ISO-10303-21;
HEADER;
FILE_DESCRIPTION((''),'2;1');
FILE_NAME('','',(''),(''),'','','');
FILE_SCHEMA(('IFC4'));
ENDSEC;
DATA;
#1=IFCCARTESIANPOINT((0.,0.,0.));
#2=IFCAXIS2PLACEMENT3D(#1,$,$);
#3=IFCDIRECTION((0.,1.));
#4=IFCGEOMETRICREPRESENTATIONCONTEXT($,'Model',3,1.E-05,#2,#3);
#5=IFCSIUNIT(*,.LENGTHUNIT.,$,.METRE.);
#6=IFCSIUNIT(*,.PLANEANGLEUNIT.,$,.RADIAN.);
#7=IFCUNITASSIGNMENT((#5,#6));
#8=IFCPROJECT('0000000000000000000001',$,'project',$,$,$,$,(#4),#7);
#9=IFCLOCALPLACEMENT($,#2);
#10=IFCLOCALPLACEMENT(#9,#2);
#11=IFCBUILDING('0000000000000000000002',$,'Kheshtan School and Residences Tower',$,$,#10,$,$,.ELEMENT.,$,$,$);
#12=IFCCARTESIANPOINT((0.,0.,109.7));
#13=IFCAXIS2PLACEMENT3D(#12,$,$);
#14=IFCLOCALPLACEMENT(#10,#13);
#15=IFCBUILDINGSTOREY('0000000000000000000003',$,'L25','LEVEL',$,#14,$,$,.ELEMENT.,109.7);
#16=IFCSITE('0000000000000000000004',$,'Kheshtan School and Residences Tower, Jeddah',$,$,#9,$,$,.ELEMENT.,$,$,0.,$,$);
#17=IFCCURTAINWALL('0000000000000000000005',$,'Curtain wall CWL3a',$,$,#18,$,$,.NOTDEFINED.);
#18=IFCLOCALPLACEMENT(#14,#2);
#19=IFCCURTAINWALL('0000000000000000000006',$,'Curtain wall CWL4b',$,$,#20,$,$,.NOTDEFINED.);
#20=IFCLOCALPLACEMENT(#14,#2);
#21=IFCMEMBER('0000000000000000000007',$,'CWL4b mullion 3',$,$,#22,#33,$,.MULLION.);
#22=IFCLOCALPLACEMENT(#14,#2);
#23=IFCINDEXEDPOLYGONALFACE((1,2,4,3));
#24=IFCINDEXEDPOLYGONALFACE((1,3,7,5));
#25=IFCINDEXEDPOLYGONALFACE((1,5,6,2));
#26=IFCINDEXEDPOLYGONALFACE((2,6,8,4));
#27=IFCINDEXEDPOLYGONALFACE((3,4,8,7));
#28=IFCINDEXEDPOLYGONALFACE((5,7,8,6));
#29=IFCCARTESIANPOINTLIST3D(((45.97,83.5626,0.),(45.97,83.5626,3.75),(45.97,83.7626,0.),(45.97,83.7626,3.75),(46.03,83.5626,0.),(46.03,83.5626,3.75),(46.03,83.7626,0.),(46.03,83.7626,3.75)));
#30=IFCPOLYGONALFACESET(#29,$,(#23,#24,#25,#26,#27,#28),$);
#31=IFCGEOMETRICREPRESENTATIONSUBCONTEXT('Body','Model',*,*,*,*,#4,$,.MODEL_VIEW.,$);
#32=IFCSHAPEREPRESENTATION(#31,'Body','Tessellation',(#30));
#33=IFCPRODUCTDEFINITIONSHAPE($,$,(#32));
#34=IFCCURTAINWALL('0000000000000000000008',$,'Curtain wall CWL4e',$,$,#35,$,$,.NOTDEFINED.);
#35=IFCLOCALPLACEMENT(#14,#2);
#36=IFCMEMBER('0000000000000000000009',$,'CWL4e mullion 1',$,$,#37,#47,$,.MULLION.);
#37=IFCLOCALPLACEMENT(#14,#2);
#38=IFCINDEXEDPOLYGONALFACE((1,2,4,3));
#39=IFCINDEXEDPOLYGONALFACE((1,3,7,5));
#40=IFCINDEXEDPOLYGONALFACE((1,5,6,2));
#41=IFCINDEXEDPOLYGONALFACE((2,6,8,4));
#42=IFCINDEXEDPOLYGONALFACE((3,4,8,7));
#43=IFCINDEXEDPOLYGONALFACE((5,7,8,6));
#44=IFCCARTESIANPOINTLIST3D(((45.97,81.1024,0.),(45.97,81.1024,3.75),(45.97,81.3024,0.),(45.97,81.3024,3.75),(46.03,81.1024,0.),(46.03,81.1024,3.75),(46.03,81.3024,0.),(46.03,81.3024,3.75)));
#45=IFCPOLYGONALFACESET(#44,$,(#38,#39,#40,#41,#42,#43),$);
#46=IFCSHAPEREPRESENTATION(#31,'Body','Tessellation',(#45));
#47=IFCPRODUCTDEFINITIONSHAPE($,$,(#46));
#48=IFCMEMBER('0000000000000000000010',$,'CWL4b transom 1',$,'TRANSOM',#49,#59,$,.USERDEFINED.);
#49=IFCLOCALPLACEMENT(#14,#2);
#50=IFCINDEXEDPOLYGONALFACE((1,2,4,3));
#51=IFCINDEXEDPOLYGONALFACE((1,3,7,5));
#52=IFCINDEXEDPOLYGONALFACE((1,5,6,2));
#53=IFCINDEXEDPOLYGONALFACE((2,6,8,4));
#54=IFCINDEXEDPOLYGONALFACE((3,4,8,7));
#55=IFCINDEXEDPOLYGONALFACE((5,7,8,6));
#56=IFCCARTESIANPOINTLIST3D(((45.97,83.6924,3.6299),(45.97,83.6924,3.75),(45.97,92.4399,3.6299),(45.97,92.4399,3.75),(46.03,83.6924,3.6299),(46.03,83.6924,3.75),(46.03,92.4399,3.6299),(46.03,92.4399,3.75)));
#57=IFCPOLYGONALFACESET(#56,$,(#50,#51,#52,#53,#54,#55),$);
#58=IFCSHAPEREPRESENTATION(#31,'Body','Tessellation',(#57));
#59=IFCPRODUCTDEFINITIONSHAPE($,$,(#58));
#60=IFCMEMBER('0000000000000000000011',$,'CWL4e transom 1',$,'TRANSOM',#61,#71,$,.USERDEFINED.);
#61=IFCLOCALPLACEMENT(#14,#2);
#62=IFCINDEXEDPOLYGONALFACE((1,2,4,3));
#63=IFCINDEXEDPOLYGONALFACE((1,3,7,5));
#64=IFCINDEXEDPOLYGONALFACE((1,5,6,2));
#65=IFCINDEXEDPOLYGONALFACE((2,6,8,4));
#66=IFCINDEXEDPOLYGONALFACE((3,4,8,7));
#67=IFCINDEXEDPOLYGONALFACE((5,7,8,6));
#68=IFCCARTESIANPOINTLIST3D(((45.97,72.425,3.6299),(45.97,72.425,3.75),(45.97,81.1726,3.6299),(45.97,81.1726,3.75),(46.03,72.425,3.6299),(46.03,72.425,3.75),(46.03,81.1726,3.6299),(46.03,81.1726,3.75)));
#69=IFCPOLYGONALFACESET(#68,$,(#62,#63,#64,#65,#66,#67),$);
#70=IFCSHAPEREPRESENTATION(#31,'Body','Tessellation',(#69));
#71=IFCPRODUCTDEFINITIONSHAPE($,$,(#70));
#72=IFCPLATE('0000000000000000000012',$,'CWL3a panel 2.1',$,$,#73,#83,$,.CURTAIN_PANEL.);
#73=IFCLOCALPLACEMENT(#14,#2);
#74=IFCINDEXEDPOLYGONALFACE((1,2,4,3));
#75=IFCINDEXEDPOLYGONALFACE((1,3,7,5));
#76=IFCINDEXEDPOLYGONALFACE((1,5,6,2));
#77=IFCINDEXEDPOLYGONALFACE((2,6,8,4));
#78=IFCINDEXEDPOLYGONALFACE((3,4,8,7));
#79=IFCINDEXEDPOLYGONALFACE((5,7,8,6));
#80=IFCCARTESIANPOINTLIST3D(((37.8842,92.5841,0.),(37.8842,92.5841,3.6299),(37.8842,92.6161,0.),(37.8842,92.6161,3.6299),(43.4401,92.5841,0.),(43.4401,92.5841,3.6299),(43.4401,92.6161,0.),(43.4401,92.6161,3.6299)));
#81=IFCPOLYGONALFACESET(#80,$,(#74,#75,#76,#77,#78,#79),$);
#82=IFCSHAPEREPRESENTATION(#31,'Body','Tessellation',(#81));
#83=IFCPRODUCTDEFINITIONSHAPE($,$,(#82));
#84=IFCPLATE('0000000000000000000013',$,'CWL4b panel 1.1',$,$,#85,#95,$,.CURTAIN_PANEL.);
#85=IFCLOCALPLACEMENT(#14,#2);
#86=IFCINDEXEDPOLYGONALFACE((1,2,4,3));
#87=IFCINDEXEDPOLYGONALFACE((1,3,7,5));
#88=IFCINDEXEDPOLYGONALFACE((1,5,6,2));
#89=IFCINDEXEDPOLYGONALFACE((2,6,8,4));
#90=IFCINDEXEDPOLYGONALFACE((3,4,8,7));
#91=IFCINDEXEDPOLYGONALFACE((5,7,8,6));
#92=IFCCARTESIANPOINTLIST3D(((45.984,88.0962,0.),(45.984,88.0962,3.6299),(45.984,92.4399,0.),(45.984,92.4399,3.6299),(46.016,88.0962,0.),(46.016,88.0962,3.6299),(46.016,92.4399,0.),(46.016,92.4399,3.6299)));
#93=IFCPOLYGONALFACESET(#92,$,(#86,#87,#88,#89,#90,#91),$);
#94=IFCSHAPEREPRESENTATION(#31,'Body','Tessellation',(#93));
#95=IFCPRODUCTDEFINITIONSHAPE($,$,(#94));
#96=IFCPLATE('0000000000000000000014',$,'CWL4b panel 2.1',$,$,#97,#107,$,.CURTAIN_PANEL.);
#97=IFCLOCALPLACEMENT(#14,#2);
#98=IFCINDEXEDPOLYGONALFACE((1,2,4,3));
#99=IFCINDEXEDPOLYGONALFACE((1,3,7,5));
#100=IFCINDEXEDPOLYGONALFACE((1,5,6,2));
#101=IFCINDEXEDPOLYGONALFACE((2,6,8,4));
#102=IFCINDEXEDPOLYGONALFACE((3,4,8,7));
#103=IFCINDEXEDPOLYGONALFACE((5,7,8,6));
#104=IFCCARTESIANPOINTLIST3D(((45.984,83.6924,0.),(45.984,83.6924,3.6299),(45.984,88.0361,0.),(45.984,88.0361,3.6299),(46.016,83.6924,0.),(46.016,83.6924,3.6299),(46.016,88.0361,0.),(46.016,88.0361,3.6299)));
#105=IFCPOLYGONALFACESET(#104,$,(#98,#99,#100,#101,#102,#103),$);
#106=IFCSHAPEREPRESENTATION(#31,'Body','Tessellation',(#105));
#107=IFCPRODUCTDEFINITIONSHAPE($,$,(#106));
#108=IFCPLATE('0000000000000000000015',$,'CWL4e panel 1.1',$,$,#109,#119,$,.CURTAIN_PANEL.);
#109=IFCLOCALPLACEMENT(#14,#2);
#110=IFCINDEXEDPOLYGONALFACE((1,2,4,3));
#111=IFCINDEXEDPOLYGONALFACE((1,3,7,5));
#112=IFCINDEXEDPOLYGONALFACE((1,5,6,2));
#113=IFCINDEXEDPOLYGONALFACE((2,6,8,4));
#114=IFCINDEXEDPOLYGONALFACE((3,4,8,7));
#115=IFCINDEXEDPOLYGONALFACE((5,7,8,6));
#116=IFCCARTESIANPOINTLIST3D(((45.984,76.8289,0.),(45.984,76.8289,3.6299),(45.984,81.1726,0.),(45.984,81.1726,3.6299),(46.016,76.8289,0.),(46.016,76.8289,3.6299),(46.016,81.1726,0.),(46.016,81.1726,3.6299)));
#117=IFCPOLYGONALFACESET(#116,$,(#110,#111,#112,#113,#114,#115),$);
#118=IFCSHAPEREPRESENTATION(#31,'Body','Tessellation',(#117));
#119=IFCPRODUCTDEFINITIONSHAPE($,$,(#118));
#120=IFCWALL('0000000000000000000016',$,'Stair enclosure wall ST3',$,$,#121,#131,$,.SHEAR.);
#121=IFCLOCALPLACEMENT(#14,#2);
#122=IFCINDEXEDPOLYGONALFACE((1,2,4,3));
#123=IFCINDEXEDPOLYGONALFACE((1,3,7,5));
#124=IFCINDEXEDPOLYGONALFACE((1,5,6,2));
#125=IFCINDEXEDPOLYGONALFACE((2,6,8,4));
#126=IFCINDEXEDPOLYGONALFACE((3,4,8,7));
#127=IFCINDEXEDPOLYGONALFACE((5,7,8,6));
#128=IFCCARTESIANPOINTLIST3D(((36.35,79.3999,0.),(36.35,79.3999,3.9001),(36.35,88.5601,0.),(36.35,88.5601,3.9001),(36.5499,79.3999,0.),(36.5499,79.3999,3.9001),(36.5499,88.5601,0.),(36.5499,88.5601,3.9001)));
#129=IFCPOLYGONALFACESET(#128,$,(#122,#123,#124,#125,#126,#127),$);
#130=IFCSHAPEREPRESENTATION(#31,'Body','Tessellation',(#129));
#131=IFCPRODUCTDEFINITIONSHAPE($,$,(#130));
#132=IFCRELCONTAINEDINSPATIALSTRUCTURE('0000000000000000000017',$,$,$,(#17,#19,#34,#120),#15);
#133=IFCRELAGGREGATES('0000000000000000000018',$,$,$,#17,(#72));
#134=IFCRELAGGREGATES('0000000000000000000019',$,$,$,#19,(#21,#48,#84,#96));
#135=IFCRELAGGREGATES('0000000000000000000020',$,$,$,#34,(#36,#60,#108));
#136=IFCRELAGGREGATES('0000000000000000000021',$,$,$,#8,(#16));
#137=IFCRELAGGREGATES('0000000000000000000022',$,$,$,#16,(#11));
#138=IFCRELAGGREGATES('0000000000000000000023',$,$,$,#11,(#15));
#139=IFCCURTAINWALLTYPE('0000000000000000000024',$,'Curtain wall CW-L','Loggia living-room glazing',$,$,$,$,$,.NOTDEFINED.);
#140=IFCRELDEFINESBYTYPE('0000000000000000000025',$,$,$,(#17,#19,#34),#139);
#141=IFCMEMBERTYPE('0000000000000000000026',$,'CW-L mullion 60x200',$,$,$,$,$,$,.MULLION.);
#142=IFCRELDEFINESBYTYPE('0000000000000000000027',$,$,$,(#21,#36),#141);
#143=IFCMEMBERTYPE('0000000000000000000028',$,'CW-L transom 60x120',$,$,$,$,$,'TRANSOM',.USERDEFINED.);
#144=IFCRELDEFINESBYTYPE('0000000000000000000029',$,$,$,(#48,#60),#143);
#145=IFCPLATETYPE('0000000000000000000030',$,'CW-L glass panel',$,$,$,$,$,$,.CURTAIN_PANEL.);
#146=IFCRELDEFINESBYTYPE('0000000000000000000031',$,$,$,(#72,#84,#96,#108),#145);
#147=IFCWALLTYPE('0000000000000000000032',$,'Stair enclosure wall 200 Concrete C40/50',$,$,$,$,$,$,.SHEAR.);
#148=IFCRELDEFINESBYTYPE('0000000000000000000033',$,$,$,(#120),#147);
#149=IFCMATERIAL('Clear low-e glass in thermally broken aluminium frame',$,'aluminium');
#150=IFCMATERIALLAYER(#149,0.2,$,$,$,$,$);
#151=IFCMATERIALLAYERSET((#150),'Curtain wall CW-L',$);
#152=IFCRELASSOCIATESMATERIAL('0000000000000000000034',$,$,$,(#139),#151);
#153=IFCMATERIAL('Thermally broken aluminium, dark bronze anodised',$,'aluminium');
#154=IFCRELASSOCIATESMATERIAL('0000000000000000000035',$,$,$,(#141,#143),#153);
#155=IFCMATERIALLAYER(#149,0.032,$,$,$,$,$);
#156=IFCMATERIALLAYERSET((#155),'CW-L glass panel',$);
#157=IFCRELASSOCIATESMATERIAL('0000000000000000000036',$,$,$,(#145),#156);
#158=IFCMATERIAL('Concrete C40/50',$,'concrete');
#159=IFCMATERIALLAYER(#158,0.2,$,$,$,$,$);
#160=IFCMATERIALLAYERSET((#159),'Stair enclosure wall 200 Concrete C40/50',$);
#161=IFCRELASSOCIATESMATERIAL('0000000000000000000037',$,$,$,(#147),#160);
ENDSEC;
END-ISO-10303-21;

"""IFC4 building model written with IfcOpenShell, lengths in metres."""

from ifc_helpers import new_model, si_unit, direction, frame, frame_2d, origin, origin_2d, place, context, subcontext, project, spatial, rectangle, extrude, material, layer, layer_set, material_profile, profile_set, type_object, element, aggregate, save


model = new_model("IFC4")

# Units and contexts
model_context = context("Model", 3, precision=1e-05, world=origin(), true_north=direction((0.0, 1.0)))
body_context = subcontext(model_context, "Body", "Model", "MODEL_VIEW")
ifc_project = project(units=[si_unit("LENGTHUNIT", "METRE"), si_unit("PLANEANGLEUNIT", "RADIAN")], contexts=[model_context])

# Site, building, storey
site_placement = place(None, origin())
site = spatial("IfcSite", under=ifc_project, at=site_placement, Name="Kheshtan School and Residences Tower, Jeddah", CompositionType="ELEMENT", RefElevation=0.0)
building_placement = place(site_placement, origin())
building = spatial("IfcBuilding", under=site, at=building_placement, Name="Kheshtan School and Residences Tower", CompositionType="ELEMENT")
storey_placement = place(building_placement, frame((0.0, 0.0, 109.7)))
storey = spatial("IfcBuildingStorey", under=building, at=storey_placement, Name="L25", Description="LEVEL", CompositionType="ELEMENT", Elevation=109.7)

# Curtain walls, member
ifc_material_1 = material(Name="Clear low-e glass in thermally broken aluminium frame", Category="aluminium")
ifc_layer_1 = layer(ifc_material_1, 0.2)
ifc_layer_set_1 = layer_set([ifc_layer_1], Name="Curtain wall CW-L")
curtain_wall_type = type_object("IfcCurtainWallType", Name="Curtain wall CW-L", Description="Loggia living-room glazing", PredefinedType="NOTDEFINED", material=ifc_layer_set_1)
curtain_wall_1_placement = place(storey_placement, origin())
curtain_wall_1 = element("IfcCurtainWall", 1, at=curtain_wall_1_placement, inside=storey, type_object=curtain_wall_type, Name="Curtain wall CWL3a", PredefinedType="NOTDEFINED")
ifc_material_2 = material(Name="Thermally broken aluminium, dark bronze anodised", Category="aluminium")
ifc_material_profile_1 = material_profile(ifc_material_2, rectangle(XDim=0.0601, YDim=0.2, at=origin_2d()), Name="CW-L mullion 60x200")
ifc_profile_set_1 = profile_set([ifc_material_profile_1], Name="Thermally broken aluminium, dark bronze anodised")
member_type_1 = type_object("IfcMemberType", Name="CW-L mullion 60x200", PredefinedType="MULLION", material=ifc_profile_set_1)
curtain_wall_2_placement = place(storey_placement, origin())
curtain_wall_2 = element("IfcCurtainWall", 2, at=curtain_wall_2_placement, inside=storey, type_object=curtain_wall_type, Name="Curtain wall CWL4b", PredefinedType="NOTDEFINED")
member_1_placement = place(storey_placement, frame((46.0, 83.6626, 0.0), z_axis=(0.0, 0.0, 1.0), x_axis=(1.0, 0.0, 0.0)))
member_1 = element("IfcMember", 3, at=member_1_placement, type_object=member_type_1, Name="CWL4b mullion 3", PredefinedType="MULLION", context=body_context, shape_type="SweptSolid", body=[
    extrude(rectangle(XDim=0.0601, YDim=0.2, at=origin_2d()), origin(), (0.0, 0.0, 1.0), 3.75),
])

# Curtain wall, member
curtain_wall_3_placement = place(storey_placement, origin())
curtain_wall_3 = element("IfcCurtainWall", 4, at=curtain_wall_3_placement, inside=storey, type_object=curtain_wall_type, Name="Curtain wall CWL4e", PredefinedType="NOTDEFINED")
member_2_placement = place(storey_placement, frame((46.0, 81.2024, 0.0), z_axis=(0.0, 0.0, 1.0), x_axis=(1.0, 0.0, 0.0)))
member_2 = element("IfcMember", 5, at=member_2_placement, type_object=member_type_1, Name="CWL4e mullion 1", PredefinedType="MULLION", context=body_context, shape_type="SweptSolid", body=[
    extrude(rectangle(XDim=0.0601, YDim=0.2, at=origin_2d()), origin(), (0.0, 0.0, 1.0), 3.75),
])

# Members
ifc_material_profile_2 = material_profile(ifc_material_2, rectangle(XDim=0.0601, YDim=0.1201, at=origin_2d()), Name="CW-L transom 60x120")
ifc_profile_set_2 = profile_set([ifc_material_profile_2], Name="Thermally broken aluminium, dark bronze anodised")
member_type_2 = type_object("IfcMemberType", Name="CW-L transom 60x120", ElementType="TRANSOM", PredefinedType="USERDEFINED", material=ifc_profile_set_2)
member_3_placement = place(storey_placement, frame((46.0, 92.4399, 3.6899), z_axis=(0.0, -1.0, 0.0), x_axis=(1.0, 0.0, 0.0)))
member_3 = element("IfcMember", 6, at=member_3_placement, type_object=member_type_2, Name="CWL4b transom 1", ObjectType="TRANSOM", PredefinedType="USERDEFINED", context=body_context, shape_type="SweptSolid", body=[
    extrude(rectangle(XDim=0.0601, YDim=0.1201, at=origin_2d()), origin(), (0.0, 0.0, 1.0), 8.7476),
])
member_4_placement = place(storey_placement, frame((46.0, 81.1726, 3.6899), z_axis=(0.0, -1.0, 0.0), x_axis=(1.0, 0.0, 0.0)))
member_4 = element("IfcMember", 7, at=member_4_placement, type_object=member_type_2, Name="CWL4e transom 1", ObjectType="TRANSOM", PredefinedType="USERDEFINED", context=body_context, shape_type="SweptSolid", body=[
    extrude(rectangle(XDim=0.0601, YDim=0.1201, at=origin_2d()), origin(), (0.0, 0.0, 1.0), 8.7476),
])

# Plates
ifc_layer_2 = layer(ifc_material_1, 0.032)
ifc_layer_set_2 = layer_set([ifc_layer_2], Name="CW-L glass panel")
plate_type = type_object("IfcPlateType", Name="CW-L glass panel", PredefinedType="CURTAIN_PANEL", material=ifc_layer_set_2)
plate_1_placement = place(storey_placement, frame((40.6621, 92.6001, 0.0), z_axis=(0.0, 0.0, 1.0), x_axis=(1.0, 0.0, 0.0)))
plate_1 = element("IfcPlate", 8, at=plate_1_placement, type_object=plate_type, Name="CWL3a panel 2.1", PredefinedType="CURTAIN_PANEL", context=body_context, shape_type="SweptSolid", body=[
    extrude(rectangle(XDim=5.5559, YDim=0.032, at=origin_2d()), origin(), (0.0, 0.0, 1.0), 3.6299),
])
aggregate(curtain_wall_1, [plate_1])
plate_2_placement = place(storey_placement, frame((46.0, 90.2681, 0.0), z_axis=(0.0, 0.0, 1.0), x_axis=(0.0, -1.0, 0.0)))
plate_2 = element("IfcPlate", 9, at=plate_2_placement, type_object=plate_type, Name="CWL4b panel 1.1", PredefinedType="CURTAIN_PANEL", context=body_context, shape_type="SweptSolid", body=[
    extrude(rectangle(XDim=4.3438, YDim=0.032, at=origin_2d()), origin(), (0.0, 0.0, 1.0), 3.6299),
])
plate_3_placement = place(storey_placement, frame((46.0, 85.8643, 0.0), z_axis=(0.0, 0.0, 1.0), x_axis=(0.0, -1.0, 0.0)))
plate_3 = element("IfcPlate", 10, at=plate_3_placement, type_object=plate_type, Name="CWL4b panel 2.1", PredefinedType="CURTAIN_PANEL", context=body_context, shape_type="SweptSolid", body=[
    extrude(rectangle(XDim=4.3438, YDim=0.032, at=origin_2d()), origin(), (0.0, 0.0, 1.0), 3.6299),
])
aggregate(curtain_wall_2, [member_1, member_3, plate_2, plate_3])
plate_4_placement = place(storey_placement, frame((46.0, 79.0007, 0.0), z_axis=(0.0, 0.0, 1.0), x_axis=(0.0, -1.0, 0.0)))
plate_4 = element("IfcPlate", 11, at=plate_4_placement, type_object=plate_type, Name="CWL4e panel 1.1", PredefinedType="CURTAIN_PANEL", context=body_context, shape_type="SweptSolid", body=[
    extrude(rectangle(XDim=4.3438, YDim=0.032, at=origin_2d()), origin(), (0.0, 0.0, 1.0), 3.6299),
])
aggregate(curtain_wall_3, [member_2, member_4, plate_4])

# Wall
ifc_material_3 = material(Name="Concrete C40/50", Category="concrete")
ifc_layer_3 = layer(ifc_material_3, 0.2)
ifc_layer_set_3 = layer_set([ifc_layer_3], Name="Stair enclosure wall 200 Concrete C40/50")
wall_type_1 = type_object("IfcWallType", Name="Stair enclosure wall 200 Concrete C40/50", PredefinedType="SHEAR", material=ifc_layer_set_3)
wall_1_placement = place(storey_placement, frame((36.45, 79.3999, 0.0), z_axis=(0.0, 0.0, 1.0), x_axis=(0.0, 1.0, 0.0)))
element("IfcWall", 12, at=wall_1_placement, inside=storey, type_object=wall_type_1, Name="Stair enclosure wall ST3", PredefinedType="SHEAR", context=body_context, shape_type="SweptSolid", body=[
    extrude(rectangle(XDim=9.1602, YDim=0.2, at=frame_2d((4.5801, 0.0))), origin(), (0.0, 0.0, 1.0), 3.9001),
])

save(model, "model.ifc")
